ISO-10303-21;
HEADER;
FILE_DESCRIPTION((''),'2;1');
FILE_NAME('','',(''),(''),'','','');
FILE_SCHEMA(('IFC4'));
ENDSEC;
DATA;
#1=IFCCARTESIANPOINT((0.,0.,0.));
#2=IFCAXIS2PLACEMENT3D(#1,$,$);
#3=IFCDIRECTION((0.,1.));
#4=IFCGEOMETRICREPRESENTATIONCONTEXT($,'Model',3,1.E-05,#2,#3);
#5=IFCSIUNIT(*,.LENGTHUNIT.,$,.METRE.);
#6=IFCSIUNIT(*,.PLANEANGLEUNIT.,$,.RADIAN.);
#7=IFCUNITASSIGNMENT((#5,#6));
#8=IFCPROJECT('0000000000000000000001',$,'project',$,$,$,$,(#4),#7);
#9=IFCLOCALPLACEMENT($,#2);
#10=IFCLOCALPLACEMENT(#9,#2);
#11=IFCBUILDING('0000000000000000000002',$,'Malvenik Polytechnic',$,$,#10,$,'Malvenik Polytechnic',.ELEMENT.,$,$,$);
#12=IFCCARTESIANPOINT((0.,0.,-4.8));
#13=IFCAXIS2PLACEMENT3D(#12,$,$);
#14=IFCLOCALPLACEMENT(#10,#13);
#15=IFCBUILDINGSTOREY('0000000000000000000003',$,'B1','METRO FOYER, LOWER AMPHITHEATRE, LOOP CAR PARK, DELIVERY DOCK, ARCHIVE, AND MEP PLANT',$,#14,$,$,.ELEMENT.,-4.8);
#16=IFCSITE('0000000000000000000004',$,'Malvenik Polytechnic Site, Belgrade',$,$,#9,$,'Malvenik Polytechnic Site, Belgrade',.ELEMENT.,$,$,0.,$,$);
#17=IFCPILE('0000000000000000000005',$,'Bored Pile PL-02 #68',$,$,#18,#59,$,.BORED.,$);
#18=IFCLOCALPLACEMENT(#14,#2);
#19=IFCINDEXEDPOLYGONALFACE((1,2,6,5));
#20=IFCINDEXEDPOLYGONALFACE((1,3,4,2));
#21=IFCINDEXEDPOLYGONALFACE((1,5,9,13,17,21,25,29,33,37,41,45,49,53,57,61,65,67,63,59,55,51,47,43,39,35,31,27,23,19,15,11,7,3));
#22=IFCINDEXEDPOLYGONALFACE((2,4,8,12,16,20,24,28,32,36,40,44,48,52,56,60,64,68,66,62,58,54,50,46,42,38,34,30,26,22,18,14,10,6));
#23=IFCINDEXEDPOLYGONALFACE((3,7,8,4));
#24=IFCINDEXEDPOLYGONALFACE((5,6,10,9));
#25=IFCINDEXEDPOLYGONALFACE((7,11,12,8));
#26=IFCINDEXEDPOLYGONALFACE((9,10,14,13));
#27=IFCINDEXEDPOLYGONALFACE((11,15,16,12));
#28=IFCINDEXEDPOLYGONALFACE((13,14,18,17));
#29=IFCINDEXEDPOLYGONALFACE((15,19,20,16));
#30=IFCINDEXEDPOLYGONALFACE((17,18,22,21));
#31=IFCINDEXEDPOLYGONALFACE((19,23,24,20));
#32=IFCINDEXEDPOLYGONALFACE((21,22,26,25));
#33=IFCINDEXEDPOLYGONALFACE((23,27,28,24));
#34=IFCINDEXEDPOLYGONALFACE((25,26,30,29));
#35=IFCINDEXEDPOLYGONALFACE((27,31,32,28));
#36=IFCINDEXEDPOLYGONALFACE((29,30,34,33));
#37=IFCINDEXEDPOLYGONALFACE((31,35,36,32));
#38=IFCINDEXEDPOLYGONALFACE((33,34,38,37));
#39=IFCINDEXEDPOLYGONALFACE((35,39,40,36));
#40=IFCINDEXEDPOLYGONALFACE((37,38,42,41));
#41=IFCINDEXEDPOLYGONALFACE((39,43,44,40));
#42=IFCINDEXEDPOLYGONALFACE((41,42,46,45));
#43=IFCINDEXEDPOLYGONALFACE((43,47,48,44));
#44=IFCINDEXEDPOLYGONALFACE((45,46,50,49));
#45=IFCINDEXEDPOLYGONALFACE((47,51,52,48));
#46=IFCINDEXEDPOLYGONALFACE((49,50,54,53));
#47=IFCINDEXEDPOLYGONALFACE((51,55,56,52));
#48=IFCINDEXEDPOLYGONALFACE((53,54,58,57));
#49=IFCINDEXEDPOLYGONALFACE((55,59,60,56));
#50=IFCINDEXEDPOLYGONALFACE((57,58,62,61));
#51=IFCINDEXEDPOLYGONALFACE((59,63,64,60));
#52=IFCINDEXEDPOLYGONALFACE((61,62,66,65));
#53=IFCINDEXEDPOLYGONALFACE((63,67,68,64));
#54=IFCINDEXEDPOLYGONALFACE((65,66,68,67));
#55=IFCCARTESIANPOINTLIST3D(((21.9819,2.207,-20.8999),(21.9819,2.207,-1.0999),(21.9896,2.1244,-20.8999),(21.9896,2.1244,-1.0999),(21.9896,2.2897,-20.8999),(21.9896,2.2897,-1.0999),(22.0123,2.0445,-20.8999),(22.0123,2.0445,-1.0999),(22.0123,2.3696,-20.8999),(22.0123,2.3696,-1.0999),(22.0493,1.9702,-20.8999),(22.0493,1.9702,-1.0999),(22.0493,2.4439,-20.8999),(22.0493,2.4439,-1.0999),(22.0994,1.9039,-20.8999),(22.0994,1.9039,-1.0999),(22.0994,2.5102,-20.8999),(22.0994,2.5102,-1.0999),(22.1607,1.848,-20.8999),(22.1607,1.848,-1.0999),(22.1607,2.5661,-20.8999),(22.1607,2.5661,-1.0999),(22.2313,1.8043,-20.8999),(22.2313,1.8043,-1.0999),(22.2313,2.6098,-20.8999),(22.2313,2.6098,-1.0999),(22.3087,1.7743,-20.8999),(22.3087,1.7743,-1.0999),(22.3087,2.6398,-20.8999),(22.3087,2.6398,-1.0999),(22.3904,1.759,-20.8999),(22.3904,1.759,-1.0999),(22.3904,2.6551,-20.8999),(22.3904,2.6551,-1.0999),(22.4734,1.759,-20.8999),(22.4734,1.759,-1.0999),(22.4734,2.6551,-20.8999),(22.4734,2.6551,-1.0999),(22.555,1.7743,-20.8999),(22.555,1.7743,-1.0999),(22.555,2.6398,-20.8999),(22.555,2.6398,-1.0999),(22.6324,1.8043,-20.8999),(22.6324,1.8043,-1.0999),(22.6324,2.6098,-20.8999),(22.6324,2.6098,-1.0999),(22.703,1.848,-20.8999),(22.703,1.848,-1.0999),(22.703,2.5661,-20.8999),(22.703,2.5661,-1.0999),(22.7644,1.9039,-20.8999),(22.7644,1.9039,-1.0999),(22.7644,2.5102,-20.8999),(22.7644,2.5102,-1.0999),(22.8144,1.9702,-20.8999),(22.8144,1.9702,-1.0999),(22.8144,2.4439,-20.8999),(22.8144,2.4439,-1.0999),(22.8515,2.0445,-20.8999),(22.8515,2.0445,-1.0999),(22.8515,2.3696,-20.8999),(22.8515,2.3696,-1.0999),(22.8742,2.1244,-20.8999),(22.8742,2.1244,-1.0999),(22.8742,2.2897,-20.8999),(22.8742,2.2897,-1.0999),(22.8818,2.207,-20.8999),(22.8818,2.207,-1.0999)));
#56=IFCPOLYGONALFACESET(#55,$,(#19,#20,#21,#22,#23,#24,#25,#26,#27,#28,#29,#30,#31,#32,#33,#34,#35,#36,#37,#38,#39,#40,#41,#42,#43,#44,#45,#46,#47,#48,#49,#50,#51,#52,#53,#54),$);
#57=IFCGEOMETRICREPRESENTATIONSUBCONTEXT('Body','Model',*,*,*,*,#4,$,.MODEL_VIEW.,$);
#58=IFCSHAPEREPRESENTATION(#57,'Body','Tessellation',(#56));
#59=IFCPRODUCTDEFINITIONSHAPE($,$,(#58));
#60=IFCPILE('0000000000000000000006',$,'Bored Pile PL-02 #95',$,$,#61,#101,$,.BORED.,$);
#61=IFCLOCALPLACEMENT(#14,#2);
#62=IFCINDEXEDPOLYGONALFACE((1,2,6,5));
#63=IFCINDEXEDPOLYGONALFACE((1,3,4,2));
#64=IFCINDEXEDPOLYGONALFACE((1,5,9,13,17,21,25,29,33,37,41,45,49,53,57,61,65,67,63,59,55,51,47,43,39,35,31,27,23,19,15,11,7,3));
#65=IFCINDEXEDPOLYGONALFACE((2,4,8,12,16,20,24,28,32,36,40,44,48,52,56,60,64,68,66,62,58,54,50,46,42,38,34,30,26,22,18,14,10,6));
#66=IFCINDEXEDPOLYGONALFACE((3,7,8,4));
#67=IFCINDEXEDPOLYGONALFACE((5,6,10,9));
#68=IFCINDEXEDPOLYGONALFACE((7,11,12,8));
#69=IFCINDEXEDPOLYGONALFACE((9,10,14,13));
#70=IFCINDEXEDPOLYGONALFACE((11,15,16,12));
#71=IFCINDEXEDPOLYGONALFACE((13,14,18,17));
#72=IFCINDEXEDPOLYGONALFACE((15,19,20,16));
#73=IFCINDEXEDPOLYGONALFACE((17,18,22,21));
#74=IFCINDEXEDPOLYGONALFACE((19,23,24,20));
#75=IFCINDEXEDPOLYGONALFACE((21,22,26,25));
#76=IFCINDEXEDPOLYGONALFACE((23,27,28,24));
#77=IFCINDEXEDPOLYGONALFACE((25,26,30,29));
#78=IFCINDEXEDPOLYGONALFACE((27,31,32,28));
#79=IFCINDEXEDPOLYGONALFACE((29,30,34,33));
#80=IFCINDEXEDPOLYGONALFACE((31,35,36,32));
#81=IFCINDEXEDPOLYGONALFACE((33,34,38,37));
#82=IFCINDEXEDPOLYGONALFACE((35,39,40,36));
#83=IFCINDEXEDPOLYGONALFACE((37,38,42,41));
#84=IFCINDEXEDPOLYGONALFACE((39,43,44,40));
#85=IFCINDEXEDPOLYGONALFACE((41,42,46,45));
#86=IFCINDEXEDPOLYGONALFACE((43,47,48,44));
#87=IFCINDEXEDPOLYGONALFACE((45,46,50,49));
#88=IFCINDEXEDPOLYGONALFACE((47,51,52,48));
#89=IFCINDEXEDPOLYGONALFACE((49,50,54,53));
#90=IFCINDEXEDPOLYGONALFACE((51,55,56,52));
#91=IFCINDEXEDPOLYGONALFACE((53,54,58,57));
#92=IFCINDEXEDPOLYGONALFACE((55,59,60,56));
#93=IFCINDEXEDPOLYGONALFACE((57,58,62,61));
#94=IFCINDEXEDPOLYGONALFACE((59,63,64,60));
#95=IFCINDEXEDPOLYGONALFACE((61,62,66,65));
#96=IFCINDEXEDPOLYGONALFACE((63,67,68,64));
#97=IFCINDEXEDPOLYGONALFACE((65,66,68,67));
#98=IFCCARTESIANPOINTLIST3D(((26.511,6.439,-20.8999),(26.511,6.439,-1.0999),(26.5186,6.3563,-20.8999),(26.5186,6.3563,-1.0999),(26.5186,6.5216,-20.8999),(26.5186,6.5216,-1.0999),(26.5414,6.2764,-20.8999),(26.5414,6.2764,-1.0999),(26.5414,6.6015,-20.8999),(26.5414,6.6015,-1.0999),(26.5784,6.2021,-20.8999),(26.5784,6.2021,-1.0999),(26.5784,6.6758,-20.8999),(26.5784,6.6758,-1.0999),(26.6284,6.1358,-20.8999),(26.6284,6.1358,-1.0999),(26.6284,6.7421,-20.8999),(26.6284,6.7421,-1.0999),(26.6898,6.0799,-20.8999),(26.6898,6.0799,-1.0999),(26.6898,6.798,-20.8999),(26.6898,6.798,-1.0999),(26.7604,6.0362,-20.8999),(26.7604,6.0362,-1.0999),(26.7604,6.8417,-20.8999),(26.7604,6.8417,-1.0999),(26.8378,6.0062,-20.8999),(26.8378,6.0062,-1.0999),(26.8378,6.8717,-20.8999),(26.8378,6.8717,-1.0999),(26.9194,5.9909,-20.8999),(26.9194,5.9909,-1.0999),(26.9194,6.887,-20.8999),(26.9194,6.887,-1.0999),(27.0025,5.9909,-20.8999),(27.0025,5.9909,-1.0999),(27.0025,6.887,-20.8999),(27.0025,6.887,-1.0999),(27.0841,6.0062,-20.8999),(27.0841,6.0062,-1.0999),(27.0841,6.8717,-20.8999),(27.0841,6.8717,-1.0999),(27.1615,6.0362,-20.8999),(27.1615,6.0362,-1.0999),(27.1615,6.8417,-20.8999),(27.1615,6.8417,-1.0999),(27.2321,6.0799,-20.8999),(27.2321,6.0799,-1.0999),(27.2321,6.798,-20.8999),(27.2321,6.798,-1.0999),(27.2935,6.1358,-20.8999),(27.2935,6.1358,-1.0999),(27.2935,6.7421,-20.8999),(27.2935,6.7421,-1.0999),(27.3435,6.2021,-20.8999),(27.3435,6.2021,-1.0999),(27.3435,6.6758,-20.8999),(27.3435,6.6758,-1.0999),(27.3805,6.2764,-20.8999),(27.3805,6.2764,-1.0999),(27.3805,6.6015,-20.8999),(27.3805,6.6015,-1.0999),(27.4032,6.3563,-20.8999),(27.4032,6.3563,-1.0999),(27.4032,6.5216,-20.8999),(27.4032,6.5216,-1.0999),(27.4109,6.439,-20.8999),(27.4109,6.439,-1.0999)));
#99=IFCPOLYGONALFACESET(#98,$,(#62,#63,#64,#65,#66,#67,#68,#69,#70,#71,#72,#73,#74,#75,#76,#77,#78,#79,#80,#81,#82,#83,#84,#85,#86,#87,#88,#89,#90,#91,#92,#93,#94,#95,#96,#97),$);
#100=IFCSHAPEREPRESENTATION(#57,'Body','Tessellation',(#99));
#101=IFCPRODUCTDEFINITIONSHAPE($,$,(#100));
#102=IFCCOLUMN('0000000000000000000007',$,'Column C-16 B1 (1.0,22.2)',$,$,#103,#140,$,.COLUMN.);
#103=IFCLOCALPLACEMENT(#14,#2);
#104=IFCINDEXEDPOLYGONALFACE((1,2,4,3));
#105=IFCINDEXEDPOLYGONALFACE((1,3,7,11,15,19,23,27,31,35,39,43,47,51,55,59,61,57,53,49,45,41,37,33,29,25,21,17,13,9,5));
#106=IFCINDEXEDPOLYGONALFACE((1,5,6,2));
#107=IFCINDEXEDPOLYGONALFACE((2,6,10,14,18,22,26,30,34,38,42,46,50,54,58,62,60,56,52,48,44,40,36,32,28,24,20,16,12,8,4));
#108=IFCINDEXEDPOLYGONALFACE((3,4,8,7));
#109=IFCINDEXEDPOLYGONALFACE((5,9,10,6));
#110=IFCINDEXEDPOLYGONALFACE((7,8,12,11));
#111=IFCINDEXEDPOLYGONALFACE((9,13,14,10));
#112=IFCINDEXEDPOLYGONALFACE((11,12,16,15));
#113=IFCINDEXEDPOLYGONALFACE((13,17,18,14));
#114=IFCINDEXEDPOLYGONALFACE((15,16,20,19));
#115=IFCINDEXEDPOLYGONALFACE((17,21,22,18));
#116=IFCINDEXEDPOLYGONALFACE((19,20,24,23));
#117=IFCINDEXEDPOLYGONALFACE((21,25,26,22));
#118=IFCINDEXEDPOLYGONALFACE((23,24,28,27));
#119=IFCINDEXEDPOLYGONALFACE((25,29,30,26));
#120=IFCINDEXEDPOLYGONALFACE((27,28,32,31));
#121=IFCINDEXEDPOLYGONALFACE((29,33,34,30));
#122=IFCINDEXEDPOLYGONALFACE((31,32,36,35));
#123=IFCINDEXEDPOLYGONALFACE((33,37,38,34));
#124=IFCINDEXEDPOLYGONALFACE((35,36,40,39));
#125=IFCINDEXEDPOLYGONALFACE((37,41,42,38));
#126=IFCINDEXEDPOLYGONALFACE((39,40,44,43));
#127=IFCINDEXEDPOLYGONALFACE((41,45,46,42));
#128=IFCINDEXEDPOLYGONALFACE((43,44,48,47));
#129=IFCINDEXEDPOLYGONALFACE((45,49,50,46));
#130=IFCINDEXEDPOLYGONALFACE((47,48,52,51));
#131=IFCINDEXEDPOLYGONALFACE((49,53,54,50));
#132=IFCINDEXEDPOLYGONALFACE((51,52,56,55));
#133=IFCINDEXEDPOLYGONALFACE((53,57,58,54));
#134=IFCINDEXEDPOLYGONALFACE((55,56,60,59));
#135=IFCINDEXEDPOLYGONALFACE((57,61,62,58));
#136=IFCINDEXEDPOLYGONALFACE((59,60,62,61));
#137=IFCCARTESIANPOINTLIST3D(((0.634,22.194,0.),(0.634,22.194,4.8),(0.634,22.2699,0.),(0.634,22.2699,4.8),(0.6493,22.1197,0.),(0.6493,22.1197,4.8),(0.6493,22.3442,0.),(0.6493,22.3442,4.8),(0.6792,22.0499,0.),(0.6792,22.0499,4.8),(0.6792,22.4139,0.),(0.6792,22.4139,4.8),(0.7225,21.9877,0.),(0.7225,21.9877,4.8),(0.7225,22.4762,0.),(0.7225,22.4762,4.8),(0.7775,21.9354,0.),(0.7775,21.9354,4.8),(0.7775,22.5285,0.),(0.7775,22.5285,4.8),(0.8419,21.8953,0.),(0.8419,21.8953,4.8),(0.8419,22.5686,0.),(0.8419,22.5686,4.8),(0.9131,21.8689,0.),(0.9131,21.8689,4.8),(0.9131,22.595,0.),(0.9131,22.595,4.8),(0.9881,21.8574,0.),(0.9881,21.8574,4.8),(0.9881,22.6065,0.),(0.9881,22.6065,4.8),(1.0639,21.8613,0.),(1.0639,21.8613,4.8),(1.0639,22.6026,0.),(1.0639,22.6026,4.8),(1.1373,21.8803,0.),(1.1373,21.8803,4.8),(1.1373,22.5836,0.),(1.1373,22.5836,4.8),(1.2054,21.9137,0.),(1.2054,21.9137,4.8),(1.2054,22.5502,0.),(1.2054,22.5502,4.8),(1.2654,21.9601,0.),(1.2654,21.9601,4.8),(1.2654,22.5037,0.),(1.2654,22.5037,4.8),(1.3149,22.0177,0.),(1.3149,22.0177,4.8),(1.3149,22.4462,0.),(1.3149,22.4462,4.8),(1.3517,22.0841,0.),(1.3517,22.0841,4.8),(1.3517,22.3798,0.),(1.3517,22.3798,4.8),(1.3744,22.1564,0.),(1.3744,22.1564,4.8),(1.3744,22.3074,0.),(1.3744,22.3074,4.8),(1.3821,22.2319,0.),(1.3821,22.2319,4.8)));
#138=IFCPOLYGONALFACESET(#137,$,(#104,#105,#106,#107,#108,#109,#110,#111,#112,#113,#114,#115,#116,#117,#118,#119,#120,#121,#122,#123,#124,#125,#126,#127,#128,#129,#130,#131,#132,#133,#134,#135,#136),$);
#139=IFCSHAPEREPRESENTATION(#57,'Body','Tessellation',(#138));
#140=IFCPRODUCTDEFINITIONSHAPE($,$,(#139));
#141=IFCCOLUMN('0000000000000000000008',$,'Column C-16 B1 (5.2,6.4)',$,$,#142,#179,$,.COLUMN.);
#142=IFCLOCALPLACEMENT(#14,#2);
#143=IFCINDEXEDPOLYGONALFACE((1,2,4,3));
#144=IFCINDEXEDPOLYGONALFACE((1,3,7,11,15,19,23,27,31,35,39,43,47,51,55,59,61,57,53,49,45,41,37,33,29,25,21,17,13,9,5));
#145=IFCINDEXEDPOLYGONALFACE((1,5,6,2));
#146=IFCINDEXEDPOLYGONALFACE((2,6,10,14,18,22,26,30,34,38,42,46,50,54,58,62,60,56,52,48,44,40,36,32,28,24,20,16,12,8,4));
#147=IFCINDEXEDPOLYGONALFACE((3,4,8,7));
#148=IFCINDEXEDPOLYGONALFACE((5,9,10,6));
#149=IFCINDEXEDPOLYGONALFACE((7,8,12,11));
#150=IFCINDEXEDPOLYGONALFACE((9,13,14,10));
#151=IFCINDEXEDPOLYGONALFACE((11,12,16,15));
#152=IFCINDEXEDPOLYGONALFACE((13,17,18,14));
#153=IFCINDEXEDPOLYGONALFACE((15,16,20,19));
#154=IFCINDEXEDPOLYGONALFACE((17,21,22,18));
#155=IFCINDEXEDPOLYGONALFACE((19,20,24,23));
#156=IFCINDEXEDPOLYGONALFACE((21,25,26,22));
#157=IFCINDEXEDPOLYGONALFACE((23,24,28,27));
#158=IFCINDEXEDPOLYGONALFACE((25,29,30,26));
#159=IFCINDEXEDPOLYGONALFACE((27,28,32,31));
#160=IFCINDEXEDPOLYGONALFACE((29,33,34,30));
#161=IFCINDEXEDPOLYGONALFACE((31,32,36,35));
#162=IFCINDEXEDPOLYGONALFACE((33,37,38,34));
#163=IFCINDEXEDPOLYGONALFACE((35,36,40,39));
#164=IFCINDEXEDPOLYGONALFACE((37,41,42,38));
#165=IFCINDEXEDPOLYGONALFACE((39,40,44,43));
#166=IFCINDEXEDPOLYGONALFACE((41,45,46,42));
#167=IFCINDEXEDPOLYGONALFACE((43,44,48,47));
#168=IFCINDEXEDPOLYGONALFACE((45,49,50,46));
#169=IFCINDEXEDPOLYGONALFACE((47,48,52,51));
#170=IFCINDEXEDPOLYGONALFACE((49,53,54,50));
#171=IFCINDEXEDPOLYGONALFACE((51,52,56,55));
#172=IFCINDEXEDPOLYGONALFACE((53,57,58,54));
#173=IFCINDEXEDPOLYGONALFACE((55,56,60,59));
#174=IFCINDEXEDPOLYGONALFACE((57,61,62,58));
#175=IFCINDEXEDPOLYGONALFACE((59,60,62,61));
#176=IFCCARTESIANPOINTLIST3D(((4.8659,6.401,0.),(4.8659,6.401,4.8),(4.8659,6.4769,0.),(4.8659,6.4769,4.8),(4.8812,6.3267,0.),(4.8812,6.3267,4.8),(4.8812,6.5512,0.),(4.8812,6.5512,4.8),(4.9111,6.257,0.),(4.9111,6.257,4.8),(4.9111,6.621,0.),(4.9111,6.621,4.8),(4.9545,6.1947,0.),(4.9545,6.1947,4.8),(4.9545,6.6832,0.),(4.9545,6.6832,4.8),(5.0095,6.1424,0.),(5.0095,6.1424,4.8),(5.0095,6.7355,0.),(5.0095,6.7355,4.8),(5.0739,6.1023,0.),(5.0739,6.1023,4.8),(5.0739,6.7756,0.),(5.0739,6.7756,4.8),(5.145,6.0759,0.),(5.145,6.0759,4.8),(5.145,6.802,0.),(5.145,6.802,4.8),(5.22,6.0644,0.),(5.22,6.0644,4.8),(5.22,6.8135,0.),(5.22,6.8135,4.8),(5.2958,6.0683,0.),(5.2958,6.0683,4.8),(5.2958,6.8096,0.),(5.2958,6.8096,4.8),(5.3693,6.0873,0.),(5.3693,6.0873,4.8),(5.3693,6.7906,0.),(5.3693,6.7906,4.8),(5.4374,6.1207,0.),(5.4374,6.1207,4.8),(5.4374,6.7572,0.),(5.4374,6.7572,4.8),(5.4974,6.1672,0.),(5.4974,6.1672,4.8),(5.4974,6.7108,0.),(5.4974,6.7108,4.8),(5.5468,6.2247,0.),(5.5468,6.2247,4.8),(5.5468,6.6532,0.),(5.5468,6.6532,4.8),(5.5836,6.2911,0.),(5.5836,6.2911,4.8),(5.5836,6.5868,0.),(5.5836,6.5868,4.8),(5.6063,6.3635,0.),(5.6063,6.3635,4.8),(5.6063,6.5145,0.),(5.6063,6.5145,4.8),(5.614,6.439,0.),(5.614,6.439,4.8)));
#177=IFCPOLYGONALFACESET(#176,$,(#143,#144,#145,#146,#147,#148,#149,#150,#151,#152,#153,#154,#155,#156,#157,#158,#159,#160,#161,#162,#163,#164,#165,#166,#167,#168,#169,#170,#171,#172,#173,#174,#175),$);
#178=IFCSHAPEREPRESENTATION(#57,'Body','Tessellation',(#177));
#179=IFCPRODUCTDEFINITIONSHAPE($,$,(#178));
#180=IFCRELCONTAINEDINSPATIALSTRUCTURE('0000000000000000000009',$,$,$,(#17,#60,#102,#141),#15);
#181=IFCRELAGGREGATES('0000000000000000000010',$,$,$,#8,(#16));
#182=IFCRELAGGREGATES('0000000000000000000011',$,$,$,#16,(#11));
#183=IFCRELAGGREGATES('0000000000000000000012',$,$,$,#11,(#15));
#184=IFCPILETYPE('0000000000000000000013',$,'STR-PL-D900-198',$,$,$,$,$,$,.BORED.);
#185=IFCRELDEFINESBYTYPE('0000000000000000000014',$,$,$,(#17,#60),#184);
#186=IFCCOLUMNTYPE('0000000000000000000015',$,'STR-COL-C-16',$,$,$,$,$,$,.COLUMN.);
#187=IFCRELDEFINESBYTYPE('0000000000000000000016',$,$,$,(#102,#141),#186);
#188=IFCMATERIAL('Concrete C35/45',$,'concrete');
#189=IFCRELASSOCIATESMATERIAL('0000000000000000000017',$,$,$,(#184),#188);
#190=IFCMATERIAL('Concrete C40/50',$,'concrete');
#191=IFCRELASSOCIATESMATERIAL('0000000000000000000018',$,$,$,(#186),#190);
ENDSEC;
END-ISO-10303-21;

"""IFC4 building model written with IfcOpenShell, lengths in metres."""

from ifc_helpers import new_model, si_unit, direction, frame, origin, origin_2d, place, context, subcontext, project, spatial, circle, extrude, material, material_profile, profile_set, type_object, element, save


model = new_model("IFC4")

# Units and contexts
model_context = context("Model", 3, precision=1e-05, world=origin(), true_north=direction((0.0, 1.0)))
body_context = subcontext(model_context, "Body", "Model", "MODEL_VIEW")
ifc_project = project(units=[si_unit("LENGTHUNIT", "METRE"), si_unit("PLANEANGLEUNIT", "RADIAN")], contexts=[model_context])

# Site, building, storey
site_placement = place(None, origin())
site = spatial("IfcSite", under=ifc_project, at=site_placement, Name="Malvenik Polytechnic Site, Belgrade", LongName="Malvenik Polytechnic Site, Belgrade", CompositionType="ELEMENT", RefElevation=0.0)
building_placement = place(site_placement, origin())
building = spatial("IfcBuilding", under=site, at=building_placement, Name="Malvenik Polytechnic", LongName="Malvenik Polytechnic", CompositionType="ELEMENT")
storey_placement = place(building_placement, frame((0.0, 0.0, -4.8)))
storey = spatial("IfcBuildingStorey", under=building, at=storey_placement, Name="B1", Description="METRO FOYER, LOWER AMPHITHEATRE, LOOP CAR PARK, DELIVERY DOCK, ARCHIVE, AND MEP PLANT", CompositionType="ELEMENT", Elevation=-4.8)

# Shared definitions
ifc_material_1 = material(Name="Concrete C35/45", Category="concrete")

# Piles
ifc_material_profile_1 = material_profile(ifc_material_1, circle(Radius=0.45, at=origin_2d()), Name="BORED PILE D900")
ifc_profile_set_1 = profile_set([ifc_material_profile_1], Name="Concrete C35/45")
pile_type = type_object("IfcPileType", Name="STR-PL-D900-198", PredefinedType="BORED", material=ifc_profile_set_1)
for number, where, z_axis, x_axis, name in (
    (1, (22.4319, 2.207, -1.0999), (0.0, 0.0, -1.0), (1.0, 0.0, 0.0), "Bored Pile PL-02 #68"),
    (2, (26.9609, 6.439, -1.0999), (0.0, 0.0, -1.0), (1.0, 0.0, 0.0), "Bored Pile PL-02 #95"),
):
    element("IfcPile", number, at=place(storey_placement, frame(where, z_axis=z_axis, x_axis=x_axis)), inside=storey, type_object=pile_type, Name=name, PredefinedType="BORED", context=body_context, shape_type="SweptSolid", body=[
        extrude(circle(Radius=0.45, at=origin_2d()), origin(), (0.0, 0.0, 1.0), 19.8),
    ])

# Columns
ifc_material_2 = material(Name="Concrete C40/50", Category="concrete")
ifc_material_profile_2 = material_profile(ifc_material_2, circle(Radius=0.375, at=origin_2d()), Name="RC COL D750")
ifc_profile_set_2 = profile_set([ifc_material_profile_2], Name="Concrete C40/50")
column_type = type_object("IfcColumnType", Name="STR-COL-C-16", PredefinedType="COLUMN", material=ifc_profile_set_2)
for number, where, z_axis, x_axis, name in (
    (3, (1.0071, 22.2319, 0.0), (0.0, 0.0, 1.0), (1.0, 0.0, 0.0), "Column C-16 B1 (1.0,22.2)"),
    (4, (5.239, 6.439, 0.0), (0.0, 0.0, 1.0), (1.0, 0.0, 0.0), "Column C-16 B1 (5.2,6.4)"),
):
    element("IfcColumn", number, at=place(storey_placement, frame(where, z_axis=z_axis, x_axis=x_axis)), inside=storey, type_object=column_type, Name=name, PredefinedType="COLUMN", context=body_context, shape_type="SweptSolid", body=[
        extrude(circle(Radius=0.375, at=origin_2d()), origin(), (0.0, 0.0, 1.0), 4.8),
    ])

save(model, "model.ifc")
